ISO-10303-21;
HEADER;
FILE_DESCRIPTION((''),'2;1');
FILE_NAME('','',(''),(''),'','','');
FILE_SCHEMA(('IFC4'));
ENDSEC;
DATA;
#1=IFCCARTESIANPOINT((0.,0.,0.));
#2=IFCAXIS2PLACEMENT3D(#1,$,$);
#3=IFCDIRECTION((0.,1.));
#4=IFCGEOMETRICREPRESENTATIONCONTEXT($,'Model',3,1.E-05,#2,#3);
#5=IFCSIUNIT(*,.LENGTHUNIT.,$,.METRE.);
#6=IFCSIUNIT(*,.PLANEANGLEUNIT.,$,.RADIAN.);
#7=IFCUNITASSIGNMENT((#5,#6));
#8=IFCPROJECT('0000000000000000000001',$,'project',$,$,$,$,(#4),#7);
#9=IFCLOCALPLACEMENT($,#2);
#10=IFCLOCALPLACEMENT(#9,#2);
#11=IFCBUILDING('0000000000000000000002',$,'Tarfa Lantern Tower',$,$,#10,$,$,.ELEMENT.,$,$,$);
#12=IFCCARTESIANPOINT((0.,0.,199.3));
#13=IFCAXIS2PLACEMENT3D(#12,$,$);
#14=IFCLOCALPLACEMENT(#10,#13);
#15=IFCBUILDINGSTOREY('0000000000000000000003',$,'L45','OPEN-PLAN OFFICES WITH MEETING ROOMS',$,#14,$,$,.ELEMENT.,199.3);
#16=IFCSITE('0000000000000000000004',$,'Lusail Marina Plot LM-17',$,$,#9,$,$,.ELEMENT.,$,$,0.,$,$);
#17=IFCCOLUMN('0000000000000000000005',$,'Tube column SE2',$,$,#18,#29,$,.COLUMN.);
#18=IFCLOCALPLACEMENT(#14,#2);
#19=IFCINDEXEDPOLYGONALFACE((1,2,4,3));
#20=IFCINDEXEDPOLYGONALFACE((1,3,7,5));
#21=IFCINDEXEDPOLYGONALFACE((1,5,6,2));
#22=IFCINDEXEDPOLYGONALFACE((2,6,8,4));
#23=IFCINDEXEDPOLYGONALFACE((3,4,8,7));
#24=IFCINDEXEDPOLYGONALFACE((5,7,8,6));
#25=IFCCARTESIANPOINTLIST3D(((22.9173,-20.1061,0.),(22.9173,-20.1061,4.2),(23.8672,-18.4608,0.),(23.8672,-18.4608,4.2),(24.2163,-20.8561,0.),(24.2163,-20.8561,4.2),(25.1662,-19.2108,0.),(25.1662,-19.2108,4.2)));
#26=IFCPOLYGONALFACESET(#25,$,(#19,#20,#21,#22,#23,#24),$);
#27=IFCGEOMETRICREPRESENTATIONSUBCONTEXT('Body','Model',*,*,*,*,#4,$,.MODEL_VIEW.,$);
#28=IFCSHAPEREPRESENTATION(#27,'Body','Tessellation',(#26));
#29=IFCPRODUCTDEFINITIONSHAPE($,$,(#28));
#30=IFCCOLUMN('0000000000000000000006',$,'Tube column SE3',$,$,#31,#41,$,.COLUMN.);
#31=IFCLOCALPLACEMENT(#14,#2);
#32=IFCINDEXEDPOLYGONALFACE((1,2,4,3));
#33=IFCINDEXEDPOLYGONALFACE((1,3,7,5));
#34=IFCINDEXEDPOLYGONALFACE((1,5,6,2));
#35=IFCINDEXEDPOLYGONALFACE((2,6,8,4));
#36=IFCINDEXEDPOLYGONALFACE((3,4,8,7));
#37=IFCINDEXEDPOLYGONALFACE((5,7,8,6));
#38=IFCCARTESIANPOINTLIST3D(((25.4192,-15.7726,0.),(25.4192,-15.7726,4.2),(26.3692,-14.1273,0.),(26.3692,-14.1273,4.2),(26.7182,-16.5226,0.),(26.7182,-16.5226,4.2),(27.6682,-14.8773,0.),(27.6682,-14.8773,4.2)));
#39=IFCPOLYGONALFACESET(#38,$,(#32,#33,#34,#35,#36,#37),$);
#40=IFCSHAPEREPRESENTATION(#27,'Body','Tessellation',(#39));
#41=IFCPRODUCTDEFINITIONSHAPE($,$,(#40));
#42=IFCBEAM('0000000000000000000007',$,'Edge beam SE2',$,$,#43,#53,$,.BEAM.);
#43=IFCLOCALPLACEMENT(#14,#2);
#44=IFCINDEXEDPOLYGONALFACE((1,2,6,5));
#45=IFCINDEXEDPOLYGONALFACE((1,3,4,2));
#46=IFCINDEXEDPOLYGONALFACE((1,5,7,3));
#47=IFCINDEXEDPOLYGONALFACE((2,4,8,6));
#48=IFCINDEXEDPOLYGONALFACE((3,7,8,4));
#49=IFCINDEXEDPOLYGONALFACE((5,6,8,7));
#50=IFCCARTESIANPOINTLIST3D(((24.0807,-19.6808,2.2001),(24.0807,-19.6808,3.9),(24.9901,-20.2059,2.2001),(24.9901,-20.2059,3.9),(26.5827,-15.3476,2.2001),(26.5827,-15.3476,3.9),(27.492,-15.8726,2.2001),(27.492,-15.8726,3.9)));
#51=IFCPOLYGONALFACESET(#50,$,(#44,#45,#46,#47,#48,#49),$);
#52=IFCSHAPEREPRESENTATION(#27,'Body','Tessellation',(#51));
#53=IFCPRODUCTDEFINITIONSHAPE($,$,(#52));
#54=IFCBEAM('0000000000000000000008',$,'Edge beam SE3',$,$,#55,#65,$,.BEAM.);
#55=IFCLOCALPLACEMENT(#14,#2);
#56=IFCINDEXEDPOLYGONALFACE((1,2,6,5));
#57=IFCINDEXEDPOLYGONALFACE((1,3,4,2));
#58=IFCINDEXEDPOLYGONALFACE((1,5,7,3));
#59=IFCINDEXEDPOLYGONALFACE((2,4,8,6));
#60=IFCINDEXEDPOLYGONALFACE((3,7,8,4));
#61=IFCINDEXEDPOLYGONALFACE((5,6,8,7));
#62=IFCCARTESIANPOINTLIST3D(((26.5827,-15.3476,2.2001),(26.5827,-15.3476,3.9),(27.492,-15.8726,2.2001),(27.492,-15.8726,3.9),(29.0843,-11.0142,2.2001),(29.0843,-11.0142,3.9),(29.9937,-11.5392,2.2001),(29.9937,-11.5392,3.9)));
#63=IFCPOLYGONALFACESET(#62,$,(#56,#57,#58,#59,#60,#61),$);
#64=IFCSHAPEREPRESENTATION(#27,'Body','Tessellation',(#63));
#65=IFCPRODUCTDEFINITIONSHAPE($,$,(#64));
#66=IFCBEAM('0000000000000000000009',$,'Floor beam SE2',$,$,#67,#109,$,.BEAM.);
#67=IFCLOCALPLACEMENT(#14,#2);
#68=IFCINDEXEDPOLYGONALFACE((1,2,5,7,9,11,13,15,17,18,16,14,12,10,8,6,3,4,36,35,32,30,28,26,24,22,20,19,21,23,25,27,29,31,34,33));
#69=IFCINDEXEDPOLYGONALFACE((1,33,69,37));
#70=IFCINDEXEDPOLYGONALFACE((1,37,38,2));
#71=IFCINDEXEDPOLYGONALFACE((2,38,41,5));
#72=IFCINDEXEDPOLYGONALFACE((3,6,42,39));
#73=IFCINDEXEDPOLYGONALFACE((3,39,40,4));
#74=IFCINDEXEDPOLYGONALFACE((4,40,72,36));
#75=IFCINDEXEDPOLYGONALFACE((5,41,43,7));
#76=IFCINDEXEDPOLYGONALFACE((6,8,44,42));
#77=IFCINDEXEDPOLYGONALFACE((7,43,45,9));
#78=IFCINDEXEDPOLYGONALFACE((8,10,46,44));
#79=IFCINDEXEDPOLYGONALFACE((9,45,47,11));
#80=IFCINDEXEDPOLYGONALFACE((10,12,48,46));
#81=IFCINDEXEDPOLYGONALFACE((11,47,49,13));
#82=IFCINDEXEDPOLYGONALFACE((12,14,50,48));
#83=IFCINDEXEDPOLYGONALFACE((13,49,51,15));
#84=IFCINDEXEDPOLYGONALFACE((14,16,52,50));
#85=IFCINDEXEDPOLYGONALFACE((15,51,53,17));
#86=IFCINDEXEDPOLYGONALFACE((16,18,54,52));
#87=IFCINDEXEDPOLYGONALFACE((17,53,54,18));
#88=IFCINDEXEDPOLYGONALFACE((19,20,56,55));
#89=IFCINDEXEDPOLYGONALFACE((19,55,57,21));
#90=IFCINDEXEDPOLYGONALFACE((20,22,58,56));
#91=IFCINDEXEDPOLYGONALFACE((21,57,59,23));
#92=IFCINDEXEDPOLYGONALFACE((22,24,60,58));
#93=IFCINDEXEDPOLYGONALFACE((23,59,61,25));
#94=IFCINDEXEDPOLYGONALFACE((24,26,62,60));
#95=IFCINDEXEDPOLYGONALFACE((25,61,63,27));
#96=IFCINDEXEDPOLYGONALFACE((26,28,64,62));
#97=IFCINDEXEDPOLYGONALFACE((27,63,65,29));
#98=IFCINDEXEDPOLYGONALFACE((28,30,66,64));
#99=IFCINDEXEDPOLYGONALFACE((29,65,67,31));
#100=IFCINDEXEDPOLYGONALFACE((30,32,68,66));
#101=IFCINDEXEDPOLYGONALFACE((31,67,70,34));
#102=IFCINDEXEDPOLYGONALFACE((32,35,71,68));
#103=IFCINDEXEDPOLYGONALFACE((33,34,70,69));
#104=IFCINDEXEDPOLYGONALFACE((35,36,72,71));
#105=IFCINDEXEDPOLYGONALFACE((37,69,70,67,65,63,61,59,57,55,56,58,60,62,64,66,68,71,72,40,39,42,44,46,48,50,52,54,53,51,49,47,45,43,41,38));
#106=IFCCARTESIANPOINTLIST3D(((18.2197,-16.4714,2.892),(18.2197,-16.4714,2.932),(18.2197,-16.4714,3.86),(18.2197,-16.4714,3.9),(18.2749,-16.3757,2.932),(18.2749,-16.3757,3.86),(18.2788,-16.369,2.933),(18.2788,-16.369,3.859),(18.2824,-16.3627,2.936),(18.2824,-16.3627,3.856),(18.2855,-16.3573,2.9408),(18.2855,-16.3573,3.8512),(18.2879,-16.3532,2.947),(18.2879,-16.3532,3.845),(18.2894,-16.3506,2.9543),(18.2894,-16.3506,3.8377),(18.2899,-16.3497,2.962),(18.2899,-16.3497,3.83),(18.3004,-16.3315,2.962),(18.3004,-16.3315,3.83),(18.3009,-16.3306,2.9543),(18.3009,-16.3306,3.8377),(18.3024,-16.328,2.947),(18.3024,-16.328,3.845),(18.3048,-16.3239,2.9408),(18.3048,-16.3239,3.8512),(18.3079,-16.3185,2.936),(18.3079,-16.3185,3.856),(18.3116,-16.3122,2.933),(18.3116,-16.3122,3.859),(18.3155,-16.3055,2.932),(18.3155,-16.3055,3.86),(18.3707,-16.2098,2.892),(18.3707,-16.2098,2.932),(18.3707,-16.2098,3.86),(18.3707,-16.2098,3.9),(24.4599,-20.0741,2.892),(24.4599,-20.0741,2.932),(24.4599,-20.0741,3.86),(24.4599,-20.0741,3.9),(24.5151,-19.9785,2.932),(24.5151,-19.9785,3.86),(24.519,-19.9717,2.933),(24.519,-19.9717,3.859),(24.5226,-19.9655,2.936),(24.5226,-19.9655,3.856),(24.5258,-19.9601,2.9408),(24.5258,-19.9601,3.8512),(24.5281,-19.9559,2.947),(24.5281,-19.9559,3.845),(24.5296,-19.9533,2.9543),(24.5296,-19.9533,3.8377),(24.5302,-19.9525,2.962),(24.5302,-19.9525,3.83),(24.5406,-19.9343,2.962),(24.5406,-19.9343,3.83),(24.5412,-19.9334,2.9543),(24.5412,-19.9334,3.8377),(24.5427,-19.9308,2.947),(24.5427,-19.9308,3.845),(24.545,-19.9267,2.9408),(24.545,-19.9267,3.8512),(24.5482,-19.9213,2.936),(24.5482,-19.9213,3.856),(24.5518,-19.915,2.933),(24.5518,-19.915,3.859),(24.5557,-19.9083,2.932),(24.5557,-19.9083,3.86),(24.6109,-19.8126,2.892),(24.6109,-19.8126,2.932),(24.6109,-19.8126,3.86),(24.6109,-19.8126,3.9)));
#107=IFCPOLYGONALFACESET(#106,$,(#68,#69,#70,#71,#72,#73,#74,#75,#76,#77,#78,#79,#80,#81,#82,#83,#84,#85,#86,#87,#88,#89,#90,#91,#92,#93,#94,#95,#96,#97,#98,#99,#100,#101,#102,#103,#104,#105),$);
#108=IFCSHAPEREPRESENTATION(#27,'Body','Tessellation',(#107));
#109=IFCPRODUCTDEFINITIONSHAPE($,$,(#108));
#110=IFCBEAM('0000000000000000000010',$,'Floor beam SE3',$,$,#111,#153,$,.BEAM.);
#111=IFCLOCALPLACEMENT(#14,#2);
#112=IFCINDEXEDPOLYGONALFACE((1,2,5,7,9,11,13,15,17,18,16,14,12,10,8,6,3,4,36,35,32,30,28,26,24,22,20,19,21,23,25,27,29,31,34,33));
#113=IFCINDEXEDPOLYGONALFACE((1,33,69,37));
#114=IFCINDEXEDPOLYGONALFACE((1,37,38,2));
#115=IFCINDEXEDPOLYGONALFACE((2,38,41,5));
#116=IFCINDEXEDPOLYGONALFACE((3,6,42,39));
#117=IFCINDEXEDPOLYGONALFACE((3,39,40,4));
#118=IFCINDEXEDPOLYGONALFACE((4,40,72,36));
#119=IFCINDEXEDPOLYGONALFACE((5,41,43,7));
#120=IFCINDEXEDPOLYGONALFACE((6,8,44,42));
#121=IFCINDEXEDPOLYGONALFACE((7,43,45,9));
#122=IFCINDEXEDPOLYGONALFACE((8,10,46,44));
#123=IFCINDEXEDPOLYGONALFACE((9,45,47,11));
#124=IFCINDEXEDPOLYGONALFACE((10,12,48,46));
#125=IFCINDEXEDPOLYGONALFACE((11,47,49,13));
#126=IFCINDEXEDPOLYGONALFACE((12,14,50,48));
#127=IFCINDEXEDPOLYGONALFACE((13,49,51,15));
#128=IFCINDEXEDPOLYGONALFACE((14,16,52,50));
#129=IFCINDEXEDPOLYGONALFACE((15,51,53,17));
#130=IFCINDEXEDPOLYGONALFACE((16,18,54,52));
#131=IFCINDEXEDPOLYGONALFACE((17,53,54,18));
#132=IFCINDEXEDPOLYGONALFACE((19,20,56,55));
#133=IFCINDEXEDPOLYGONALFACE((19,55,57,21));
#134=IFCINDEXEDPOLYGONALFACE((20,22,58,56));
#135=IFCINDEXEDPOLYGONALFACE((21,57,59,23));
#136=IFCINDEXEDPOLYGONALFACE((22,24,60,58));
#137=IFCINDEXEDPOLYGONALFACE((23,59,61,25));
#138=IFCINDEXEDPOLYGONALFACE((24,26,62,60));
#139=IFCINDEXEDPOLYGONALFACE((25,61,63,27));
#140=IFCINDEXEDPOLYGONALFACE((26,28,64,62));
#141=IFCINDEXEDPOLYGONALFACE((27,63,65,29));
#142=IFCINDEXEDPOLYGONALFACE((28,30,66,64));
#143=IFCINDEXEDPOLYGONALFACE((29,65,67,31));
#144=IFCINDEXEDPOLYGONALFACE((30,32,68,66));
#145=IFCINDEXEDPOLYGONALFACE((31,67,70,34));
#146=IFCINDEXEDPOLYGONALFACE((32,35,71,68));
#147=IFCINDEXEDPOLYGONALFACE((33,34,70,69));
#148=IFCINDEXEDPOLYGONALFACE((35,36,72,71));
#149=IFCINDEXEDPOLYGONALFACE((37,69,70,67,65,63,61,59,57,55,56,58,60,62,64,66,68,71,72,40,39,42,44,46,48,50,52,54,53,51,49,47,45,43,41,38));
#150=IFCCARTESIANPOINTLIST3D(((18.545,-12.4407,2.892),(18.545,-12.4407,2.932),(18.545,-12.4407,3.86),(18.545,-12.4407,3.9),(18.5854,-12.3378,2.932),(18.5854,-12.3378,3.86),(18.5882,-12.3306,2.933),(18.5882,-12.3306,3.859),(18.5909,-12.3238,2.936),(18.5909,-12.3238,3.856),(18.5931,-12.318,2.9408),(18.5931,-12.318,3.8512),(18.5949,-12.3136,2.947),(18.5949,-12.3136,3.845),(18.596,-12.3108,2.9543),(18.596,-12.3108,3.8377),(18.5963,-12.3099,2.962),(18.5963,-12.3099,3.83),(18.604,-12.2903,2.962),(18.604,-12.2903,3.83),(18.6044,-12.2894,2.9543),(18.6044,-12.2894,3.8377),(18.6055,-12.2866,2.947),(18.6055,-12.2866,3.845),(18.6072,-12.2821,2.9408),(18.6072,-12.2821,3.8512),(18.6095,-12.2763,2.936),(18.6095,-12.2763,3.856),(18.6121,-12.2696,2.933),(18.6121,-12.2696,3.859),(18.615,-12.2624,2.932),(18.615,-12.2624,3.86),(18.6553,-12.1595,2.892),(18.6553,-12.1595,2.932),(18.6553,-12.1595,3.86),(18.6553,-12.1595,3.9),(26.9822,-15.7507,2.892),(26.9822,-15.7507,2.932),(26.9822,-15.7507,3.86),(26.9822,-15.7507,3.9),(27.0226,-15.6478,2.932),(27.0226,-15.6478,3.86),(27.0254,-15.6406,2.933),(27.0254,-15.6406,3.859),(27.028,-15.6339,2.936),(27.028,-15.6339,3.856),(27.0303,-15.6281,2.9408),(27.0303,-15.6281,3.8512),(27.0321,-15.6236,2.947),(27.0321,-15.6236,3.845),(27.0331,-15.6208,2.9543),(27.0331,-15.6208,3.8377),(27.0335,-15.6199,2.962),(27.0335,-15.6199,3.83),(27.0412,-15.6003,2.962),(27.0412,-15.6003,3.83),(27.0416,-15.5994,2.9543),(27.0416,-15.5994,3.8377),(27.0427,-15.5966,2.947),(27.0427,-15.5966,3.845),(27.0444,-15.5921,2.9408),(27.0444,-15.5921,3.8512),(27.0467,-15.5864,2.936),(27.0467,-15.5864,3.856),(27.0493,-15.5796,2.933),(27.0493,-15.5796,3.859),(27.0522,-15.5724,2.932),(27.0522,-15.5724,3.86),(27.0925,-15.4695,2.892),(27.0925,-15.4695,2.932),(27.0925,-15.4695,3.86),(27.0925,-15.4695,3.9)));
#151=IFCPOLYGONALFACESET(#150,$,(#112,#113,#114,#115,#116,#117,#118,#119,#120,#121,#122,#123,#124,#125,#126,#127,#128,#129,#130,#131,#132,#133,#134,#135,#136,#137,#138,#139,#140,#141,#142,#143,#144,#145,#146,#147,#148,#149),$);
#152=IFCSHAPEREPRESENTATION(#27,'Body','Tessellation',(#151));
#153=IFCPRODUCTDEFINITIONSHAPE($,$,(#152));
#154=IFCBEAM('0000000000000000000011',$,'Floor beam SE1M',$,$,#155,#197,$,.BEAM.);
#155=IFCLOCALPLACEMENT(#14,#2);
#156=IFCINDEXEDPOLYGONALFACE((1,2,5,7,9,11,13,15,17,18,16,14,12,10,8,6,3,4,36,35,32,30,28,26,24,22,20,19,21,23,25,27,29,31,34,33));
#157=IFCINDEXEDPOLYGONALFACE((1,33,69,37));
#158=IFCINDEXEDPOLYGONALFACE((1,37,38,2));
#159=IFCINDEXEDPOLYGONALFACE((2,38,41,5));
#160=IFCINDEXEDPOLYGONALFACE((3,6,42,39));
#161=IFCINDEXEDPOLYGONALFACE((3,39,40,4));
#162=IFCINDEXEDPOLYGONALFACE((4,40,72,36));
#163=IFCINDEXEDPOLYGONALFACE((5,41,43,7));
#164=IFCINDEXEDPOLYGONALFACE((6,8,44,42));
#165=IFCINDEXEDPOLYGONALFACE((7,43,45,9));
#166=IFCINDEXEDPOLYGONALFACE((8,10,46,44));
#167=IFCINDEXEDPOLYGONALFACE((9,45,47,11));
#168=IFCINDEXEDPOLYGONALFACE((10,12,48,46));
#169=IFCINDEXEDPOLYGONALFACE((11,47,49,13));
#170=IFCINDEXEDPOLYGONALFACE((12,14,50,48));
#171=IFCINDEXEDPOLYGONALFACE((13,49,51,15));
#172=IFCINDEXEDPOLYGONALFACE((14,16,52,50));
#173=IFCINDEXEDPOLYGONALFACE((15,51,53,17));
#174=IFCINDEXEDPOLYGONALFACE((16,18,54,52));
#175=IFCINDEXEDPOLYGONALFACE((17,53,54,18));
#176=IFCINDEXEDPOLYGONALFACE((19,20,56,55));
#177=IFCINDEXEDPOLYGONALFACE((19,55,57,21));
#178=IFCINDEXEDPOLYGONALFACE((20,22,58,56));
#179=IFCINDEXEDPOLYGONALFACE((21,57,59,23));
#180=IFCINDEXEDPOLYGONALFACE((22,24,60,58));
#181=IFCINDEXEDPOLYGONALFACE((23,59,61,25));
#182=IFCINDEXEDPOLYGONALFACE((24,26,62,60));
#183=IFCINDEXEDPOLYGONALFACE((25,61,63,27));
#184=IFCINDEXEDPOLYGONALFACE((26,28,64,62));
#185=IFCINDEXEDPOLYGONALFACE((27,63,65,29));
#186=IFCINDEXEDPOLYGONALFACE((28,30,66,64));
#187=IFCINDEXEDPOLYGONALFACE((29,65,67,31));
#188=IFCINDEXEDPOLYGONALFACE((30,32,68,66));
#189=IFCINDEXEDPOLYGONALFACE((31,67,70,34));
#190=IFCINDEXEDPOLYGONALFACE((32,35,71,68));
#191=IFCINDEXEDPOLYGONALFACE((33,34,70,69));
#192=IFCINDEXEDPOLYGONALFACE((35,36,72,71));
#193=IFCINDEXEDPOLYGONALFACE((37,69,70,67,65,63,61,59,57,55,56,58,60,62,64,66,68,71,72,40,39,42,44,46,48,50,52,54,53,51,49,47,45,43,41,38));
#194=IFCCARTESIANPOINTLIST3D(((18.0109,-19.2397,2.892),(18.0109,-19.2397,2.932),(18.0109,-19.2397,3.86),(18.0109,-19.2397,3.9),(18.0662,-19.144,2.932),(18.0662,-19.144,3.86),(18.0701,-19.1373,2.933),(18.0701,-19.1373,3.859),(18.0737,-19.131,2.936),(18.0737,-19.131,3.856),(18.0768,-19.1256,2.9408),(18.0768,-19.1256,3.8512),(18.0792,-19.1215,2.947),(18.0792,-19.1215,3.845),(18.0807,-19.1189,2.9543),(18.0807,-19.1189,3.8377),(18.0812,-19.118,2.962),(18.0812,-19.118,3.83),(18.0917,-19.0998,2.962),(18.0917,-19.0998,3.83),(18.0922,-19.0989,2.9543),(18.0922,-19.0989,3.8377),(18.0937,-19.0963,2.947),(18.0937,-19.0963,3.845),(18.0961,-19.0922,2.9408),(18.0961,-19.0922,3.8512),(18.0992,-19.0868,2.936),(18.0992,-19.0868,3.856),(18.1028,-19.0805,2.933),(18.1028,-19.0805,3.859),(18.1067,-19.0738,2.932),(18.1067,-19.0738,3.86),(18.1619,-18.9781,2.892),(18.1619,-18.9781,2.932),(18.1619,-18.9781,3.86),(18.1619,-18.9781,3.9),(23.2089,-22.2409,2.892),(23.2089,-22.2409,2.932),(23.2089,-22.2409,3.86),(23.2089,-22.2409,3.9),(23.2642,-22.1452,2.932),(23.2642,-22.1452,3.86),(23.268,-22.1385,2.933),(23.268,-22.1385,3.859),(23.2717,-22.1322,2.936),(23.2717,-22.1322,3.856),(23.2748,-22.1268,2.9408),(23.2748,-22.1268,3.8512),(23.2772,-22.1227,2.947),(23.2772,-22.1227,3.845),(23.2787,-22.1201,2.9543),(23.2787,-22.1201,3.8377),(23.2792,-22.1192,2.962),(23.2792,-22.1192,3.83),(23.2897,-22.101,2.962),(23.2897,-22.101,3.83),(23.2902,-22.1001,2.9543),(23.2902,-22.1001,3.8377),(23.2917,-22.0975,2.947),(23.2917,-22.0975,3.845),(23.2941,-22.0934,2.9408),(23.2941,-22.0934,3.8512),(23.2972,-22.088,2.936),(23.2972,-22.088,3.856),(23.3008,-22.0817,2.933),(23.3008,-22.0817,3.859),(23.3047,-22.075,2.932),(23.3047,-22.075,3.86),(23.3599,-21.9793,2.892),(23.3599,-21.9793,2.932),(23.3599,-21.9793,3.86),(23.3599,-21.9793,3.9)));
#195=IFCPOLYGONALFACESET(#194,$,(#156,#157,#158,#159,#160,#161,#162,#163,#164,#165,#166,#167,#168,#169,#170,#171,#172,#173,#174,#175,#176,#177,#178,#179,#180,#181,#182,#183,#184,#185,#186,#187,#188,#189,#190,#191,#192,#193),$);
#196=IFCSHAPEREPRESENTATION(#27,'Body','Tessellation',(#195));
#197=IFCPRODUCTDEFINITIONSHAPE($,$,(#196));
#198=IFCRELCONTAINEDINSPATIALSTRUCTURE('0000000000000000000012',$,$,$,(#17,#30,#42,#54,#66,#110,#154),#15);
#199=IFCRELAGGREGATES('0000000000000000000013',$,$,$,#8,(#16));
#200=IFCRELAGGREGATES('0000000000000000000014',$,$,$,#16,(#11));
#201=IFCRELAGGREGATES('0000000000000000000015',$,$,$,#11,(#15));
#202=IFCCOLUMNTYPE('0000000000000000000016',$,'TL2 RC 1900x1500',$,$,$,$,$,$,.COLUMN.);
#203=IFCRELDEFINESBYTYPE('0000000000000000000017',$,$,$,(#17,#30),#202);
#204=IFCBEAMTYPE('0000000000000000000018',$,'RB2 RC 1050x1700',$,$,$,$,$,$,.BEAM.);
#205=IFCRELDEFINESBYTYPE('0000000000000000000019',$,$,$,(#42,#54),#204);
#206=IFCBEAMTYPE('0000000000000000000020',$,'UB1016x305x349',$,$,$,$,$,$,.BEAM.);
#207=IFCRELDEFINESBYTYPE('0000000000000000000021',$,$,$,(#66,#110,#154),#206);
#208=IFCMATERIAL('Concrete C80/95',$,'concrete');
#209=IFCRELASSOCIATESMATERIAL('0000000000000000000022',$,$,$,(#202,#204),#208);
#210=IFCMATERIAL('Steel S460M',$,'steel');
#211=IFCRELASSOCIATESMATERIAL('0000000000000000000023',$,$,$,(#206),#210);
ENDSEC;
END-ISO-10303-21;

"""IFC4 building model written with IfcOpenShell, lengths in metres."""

from ifc_helpers import new_model, si_unit, direction, frame, origin, origin_2d, place, context, subcontext, project, spatial, rectangle, i_section, extrude, material, material_profile, profile_set, type_object, element, save


model = new_model("IFC4")

# Units and contexts
model_context = context("Model", 3, precision=1e-05, world=origin(), true_north=direction((0.0, 1.0)))
body_context = subcontext(model_context, "Body", "Model", "MODEL_VIEW")
ifc_project = project(units=[si_unit("LENGTHUNIT", "METRE"), si_unit("PLANEANGLEUNIT", "RADIAN")], contexts=[model_context])

# Site, building, storey
site_placement = place(None, origin())
site = spatial("IfcSite", under=ifc_project, at=site_placement, Name="Lusail Marina Plot LM-17", CompositionType="ELEMENT", RefElevation=0.0)
building_placement = place(site_placement, origin())
building = spatial("IfcBuilding", under=site, at=building_placement, Name="Tarfa Lantern Tower", CompositionType="ELEMENT")
storey_placement = place(building_placement, frame((0.0, 0.0, 199.3)))
storey = spatial("IfcBuildingStorey", under=building, at=storey_placement, Name="L45", Description="OPEN-PLAN OFFICES WITH MEETING ROOMS", CompositionType="ELEMENT", Elevation=199.3)

# Columns
ifc_material_1 = material(Name="Concrete C80/95", Category="concrete")
ifc_material_profile_1 = material_profile(ifc_material_1, rectangle(XDim=1.8999, YDim=1.5, at=origin_2d()), Name="RC 1900x1500")
ifc_profile_set_1 = profile_set([ifc_material_profile_1], Name="Concrete C80/95")
column_type = type_object("IfcColumnType", Name="TL2 RC 1900x1500", PredefinedType="COLUMN", material=ifc_profile_set_1)
for number, where, z_axis, x_axis, name in (
    (1, (24.0417, -19.6584, 0.0), (0.0, 0.0, 1.0), (0.5, 0.866025, 0.0), "Tube column SE2"),
    (2, (26.5437, -15.325, 0.0), (0.0, 0.0, 1.0), (0.5, 0.866025, 0.0), "Tube column SE3"),
):
    element("IfcColumn", number, at=place(storey_placement, frame(where, z_axis=z_axis, x_axis=x_axis)), inside=storey, type_object=column_type, Name=name, PredefinedType="COLUMN", context=body_context, shape_type="SweptSolid", body=[
        extrude(rectangle(XDim=1.8999, YDim=1.5, at=origin_2d()), origin(), (0.0, 0.0, 1.0), 4.2),
    ])

# Beams
ifc_material_profile_2 = material_profile(ifc_material_1, rectangle(XDim=1.05, YDim=1.7, at=origin_2d()), Name="RC 1050x1700")
ifc_profile_set_2 = profile_set([ifc_material_profile_2], Name="Concrete C80/95")
beam_type_1 = type_object("IfcBeamType", Name="RB2 RC 1050x1700", PredefinedType="BEAM", material=ifc_profile_set_2)
for number, where, z_axis, x_axis, name in (
    (3, (24.5354, -19.9434, 3.05), (0.500022, 0.866013, 0.0), (-0.866013, 0.500022, 0.0), "Edge beam SE2"),
    (4, (27.0374, -15.6101, 3.05), (0.499965, 0.866046, 0.0), (-0.866046, 0.499965, 0.0), "Edge beam SE3"),
):
    element("IfcBeam", number, at=place(storey_placement, frame(where, z_axis=z_axis, x_axis=x_axis)), inside=storey, type_object=beam_type_1, Name=name, PredefinedType="BEAM", context=body_context, shape_type="SweptSolid", body=[
        extrude(rectangle(XDim=1.05, YDim=1.7, at=origin_2d()), origin(), (0.0, 0.0, 1.0), 5.0037),
    ])
ifc_material_2 = material(Name="Steel S460M", Category="steel")
ifc_material_profile_3 = material_profile(ifc_material_2, i_section(OverallWidth=0.302, OverallDepth=1.0081, WebThickness=0.021, FlangeThickness=0.04, FilletRadius=0.03, at=origin_2d()), Name="UB1016x305x349")
ifc_profile_set_3 = profile_set([ifc_material_profile_3], Name="Steel S460M")
beam_type_2 = type_object("IfcBeamType", Name="UB1016x305x349", PredefinedType="BEAM", material=ifc_profile_set_3)
beam_1_placement = place(storey_placement, frame((24.5354, -19.9434, 3.396), z_axis=(-0.866026, 0.499998, 0.0), x_axis=(-0.499998, -0.866026, 0.0)))
element("IfcBeam", 5, at=beam_1_placement, inside=storey, type_object=beam_type_2, Name="Floor beam SE2", PredefinedType="BEAM", context=body_context, shape_type="SweptSolid", body=[
    extrude(i_section(OverallWidth=0.302, OverallDepth=1.0081, WebThickness=0.021, FlangeThickness=0.04, FilletRadius=0.03, at=origin_2d()), origin(), (0.0, 0.0, 1.0), 7.2056),
])
beam_2_placement = place(storey_placement, frame((27.0374, -15.6101, 3.396), z_axis=(-0.930923, 0.365215, 0.0), x_axis=(-0.365215, -0.930923, 0.0)))
element("IfcBeam", 6, at=beam_2_placement, inside=storey, type_object=beam_type_2, Name="Floor beam SE3", PredefinedType="BEAM", context=body_context, shape_type="SweptSolid", body=[
    extrude(i_section(OverallWidth=0.302, OverallDepth=1.0081, WebThickness=0.021, FlangeThickness=0.04, FilletRadius=0.03, at=origin_2d()), origin(), (0.0, 0.0, 1.0), 9.0632),
])
beam_3_placement = place(storey_placement, frame((23.2844, -22.1101, 3.396), z_axis=(-0.866014, 0.500019, 0.0), x_axis=(-0.500019, -0.866014, 0.0)))
element("IfcBeam", 7, at=beam_3_placement, inside=storey, type_object=beam_type_2, Name="Floor beam SE1M", PredefinedType="BEAM", context=body_context, shape_type="SweptSolid", body=[
    extrude(i_section(OverallWidth=0.302, OverallDepth=1.0081, WebThickness=0.021, FlangeThickness=0.04, FilletRadius=0.03, at=origin_2d()), origin(), (0.0, 0.0, 1.0), 6.0022),
])

save(model, "model.ifc")
